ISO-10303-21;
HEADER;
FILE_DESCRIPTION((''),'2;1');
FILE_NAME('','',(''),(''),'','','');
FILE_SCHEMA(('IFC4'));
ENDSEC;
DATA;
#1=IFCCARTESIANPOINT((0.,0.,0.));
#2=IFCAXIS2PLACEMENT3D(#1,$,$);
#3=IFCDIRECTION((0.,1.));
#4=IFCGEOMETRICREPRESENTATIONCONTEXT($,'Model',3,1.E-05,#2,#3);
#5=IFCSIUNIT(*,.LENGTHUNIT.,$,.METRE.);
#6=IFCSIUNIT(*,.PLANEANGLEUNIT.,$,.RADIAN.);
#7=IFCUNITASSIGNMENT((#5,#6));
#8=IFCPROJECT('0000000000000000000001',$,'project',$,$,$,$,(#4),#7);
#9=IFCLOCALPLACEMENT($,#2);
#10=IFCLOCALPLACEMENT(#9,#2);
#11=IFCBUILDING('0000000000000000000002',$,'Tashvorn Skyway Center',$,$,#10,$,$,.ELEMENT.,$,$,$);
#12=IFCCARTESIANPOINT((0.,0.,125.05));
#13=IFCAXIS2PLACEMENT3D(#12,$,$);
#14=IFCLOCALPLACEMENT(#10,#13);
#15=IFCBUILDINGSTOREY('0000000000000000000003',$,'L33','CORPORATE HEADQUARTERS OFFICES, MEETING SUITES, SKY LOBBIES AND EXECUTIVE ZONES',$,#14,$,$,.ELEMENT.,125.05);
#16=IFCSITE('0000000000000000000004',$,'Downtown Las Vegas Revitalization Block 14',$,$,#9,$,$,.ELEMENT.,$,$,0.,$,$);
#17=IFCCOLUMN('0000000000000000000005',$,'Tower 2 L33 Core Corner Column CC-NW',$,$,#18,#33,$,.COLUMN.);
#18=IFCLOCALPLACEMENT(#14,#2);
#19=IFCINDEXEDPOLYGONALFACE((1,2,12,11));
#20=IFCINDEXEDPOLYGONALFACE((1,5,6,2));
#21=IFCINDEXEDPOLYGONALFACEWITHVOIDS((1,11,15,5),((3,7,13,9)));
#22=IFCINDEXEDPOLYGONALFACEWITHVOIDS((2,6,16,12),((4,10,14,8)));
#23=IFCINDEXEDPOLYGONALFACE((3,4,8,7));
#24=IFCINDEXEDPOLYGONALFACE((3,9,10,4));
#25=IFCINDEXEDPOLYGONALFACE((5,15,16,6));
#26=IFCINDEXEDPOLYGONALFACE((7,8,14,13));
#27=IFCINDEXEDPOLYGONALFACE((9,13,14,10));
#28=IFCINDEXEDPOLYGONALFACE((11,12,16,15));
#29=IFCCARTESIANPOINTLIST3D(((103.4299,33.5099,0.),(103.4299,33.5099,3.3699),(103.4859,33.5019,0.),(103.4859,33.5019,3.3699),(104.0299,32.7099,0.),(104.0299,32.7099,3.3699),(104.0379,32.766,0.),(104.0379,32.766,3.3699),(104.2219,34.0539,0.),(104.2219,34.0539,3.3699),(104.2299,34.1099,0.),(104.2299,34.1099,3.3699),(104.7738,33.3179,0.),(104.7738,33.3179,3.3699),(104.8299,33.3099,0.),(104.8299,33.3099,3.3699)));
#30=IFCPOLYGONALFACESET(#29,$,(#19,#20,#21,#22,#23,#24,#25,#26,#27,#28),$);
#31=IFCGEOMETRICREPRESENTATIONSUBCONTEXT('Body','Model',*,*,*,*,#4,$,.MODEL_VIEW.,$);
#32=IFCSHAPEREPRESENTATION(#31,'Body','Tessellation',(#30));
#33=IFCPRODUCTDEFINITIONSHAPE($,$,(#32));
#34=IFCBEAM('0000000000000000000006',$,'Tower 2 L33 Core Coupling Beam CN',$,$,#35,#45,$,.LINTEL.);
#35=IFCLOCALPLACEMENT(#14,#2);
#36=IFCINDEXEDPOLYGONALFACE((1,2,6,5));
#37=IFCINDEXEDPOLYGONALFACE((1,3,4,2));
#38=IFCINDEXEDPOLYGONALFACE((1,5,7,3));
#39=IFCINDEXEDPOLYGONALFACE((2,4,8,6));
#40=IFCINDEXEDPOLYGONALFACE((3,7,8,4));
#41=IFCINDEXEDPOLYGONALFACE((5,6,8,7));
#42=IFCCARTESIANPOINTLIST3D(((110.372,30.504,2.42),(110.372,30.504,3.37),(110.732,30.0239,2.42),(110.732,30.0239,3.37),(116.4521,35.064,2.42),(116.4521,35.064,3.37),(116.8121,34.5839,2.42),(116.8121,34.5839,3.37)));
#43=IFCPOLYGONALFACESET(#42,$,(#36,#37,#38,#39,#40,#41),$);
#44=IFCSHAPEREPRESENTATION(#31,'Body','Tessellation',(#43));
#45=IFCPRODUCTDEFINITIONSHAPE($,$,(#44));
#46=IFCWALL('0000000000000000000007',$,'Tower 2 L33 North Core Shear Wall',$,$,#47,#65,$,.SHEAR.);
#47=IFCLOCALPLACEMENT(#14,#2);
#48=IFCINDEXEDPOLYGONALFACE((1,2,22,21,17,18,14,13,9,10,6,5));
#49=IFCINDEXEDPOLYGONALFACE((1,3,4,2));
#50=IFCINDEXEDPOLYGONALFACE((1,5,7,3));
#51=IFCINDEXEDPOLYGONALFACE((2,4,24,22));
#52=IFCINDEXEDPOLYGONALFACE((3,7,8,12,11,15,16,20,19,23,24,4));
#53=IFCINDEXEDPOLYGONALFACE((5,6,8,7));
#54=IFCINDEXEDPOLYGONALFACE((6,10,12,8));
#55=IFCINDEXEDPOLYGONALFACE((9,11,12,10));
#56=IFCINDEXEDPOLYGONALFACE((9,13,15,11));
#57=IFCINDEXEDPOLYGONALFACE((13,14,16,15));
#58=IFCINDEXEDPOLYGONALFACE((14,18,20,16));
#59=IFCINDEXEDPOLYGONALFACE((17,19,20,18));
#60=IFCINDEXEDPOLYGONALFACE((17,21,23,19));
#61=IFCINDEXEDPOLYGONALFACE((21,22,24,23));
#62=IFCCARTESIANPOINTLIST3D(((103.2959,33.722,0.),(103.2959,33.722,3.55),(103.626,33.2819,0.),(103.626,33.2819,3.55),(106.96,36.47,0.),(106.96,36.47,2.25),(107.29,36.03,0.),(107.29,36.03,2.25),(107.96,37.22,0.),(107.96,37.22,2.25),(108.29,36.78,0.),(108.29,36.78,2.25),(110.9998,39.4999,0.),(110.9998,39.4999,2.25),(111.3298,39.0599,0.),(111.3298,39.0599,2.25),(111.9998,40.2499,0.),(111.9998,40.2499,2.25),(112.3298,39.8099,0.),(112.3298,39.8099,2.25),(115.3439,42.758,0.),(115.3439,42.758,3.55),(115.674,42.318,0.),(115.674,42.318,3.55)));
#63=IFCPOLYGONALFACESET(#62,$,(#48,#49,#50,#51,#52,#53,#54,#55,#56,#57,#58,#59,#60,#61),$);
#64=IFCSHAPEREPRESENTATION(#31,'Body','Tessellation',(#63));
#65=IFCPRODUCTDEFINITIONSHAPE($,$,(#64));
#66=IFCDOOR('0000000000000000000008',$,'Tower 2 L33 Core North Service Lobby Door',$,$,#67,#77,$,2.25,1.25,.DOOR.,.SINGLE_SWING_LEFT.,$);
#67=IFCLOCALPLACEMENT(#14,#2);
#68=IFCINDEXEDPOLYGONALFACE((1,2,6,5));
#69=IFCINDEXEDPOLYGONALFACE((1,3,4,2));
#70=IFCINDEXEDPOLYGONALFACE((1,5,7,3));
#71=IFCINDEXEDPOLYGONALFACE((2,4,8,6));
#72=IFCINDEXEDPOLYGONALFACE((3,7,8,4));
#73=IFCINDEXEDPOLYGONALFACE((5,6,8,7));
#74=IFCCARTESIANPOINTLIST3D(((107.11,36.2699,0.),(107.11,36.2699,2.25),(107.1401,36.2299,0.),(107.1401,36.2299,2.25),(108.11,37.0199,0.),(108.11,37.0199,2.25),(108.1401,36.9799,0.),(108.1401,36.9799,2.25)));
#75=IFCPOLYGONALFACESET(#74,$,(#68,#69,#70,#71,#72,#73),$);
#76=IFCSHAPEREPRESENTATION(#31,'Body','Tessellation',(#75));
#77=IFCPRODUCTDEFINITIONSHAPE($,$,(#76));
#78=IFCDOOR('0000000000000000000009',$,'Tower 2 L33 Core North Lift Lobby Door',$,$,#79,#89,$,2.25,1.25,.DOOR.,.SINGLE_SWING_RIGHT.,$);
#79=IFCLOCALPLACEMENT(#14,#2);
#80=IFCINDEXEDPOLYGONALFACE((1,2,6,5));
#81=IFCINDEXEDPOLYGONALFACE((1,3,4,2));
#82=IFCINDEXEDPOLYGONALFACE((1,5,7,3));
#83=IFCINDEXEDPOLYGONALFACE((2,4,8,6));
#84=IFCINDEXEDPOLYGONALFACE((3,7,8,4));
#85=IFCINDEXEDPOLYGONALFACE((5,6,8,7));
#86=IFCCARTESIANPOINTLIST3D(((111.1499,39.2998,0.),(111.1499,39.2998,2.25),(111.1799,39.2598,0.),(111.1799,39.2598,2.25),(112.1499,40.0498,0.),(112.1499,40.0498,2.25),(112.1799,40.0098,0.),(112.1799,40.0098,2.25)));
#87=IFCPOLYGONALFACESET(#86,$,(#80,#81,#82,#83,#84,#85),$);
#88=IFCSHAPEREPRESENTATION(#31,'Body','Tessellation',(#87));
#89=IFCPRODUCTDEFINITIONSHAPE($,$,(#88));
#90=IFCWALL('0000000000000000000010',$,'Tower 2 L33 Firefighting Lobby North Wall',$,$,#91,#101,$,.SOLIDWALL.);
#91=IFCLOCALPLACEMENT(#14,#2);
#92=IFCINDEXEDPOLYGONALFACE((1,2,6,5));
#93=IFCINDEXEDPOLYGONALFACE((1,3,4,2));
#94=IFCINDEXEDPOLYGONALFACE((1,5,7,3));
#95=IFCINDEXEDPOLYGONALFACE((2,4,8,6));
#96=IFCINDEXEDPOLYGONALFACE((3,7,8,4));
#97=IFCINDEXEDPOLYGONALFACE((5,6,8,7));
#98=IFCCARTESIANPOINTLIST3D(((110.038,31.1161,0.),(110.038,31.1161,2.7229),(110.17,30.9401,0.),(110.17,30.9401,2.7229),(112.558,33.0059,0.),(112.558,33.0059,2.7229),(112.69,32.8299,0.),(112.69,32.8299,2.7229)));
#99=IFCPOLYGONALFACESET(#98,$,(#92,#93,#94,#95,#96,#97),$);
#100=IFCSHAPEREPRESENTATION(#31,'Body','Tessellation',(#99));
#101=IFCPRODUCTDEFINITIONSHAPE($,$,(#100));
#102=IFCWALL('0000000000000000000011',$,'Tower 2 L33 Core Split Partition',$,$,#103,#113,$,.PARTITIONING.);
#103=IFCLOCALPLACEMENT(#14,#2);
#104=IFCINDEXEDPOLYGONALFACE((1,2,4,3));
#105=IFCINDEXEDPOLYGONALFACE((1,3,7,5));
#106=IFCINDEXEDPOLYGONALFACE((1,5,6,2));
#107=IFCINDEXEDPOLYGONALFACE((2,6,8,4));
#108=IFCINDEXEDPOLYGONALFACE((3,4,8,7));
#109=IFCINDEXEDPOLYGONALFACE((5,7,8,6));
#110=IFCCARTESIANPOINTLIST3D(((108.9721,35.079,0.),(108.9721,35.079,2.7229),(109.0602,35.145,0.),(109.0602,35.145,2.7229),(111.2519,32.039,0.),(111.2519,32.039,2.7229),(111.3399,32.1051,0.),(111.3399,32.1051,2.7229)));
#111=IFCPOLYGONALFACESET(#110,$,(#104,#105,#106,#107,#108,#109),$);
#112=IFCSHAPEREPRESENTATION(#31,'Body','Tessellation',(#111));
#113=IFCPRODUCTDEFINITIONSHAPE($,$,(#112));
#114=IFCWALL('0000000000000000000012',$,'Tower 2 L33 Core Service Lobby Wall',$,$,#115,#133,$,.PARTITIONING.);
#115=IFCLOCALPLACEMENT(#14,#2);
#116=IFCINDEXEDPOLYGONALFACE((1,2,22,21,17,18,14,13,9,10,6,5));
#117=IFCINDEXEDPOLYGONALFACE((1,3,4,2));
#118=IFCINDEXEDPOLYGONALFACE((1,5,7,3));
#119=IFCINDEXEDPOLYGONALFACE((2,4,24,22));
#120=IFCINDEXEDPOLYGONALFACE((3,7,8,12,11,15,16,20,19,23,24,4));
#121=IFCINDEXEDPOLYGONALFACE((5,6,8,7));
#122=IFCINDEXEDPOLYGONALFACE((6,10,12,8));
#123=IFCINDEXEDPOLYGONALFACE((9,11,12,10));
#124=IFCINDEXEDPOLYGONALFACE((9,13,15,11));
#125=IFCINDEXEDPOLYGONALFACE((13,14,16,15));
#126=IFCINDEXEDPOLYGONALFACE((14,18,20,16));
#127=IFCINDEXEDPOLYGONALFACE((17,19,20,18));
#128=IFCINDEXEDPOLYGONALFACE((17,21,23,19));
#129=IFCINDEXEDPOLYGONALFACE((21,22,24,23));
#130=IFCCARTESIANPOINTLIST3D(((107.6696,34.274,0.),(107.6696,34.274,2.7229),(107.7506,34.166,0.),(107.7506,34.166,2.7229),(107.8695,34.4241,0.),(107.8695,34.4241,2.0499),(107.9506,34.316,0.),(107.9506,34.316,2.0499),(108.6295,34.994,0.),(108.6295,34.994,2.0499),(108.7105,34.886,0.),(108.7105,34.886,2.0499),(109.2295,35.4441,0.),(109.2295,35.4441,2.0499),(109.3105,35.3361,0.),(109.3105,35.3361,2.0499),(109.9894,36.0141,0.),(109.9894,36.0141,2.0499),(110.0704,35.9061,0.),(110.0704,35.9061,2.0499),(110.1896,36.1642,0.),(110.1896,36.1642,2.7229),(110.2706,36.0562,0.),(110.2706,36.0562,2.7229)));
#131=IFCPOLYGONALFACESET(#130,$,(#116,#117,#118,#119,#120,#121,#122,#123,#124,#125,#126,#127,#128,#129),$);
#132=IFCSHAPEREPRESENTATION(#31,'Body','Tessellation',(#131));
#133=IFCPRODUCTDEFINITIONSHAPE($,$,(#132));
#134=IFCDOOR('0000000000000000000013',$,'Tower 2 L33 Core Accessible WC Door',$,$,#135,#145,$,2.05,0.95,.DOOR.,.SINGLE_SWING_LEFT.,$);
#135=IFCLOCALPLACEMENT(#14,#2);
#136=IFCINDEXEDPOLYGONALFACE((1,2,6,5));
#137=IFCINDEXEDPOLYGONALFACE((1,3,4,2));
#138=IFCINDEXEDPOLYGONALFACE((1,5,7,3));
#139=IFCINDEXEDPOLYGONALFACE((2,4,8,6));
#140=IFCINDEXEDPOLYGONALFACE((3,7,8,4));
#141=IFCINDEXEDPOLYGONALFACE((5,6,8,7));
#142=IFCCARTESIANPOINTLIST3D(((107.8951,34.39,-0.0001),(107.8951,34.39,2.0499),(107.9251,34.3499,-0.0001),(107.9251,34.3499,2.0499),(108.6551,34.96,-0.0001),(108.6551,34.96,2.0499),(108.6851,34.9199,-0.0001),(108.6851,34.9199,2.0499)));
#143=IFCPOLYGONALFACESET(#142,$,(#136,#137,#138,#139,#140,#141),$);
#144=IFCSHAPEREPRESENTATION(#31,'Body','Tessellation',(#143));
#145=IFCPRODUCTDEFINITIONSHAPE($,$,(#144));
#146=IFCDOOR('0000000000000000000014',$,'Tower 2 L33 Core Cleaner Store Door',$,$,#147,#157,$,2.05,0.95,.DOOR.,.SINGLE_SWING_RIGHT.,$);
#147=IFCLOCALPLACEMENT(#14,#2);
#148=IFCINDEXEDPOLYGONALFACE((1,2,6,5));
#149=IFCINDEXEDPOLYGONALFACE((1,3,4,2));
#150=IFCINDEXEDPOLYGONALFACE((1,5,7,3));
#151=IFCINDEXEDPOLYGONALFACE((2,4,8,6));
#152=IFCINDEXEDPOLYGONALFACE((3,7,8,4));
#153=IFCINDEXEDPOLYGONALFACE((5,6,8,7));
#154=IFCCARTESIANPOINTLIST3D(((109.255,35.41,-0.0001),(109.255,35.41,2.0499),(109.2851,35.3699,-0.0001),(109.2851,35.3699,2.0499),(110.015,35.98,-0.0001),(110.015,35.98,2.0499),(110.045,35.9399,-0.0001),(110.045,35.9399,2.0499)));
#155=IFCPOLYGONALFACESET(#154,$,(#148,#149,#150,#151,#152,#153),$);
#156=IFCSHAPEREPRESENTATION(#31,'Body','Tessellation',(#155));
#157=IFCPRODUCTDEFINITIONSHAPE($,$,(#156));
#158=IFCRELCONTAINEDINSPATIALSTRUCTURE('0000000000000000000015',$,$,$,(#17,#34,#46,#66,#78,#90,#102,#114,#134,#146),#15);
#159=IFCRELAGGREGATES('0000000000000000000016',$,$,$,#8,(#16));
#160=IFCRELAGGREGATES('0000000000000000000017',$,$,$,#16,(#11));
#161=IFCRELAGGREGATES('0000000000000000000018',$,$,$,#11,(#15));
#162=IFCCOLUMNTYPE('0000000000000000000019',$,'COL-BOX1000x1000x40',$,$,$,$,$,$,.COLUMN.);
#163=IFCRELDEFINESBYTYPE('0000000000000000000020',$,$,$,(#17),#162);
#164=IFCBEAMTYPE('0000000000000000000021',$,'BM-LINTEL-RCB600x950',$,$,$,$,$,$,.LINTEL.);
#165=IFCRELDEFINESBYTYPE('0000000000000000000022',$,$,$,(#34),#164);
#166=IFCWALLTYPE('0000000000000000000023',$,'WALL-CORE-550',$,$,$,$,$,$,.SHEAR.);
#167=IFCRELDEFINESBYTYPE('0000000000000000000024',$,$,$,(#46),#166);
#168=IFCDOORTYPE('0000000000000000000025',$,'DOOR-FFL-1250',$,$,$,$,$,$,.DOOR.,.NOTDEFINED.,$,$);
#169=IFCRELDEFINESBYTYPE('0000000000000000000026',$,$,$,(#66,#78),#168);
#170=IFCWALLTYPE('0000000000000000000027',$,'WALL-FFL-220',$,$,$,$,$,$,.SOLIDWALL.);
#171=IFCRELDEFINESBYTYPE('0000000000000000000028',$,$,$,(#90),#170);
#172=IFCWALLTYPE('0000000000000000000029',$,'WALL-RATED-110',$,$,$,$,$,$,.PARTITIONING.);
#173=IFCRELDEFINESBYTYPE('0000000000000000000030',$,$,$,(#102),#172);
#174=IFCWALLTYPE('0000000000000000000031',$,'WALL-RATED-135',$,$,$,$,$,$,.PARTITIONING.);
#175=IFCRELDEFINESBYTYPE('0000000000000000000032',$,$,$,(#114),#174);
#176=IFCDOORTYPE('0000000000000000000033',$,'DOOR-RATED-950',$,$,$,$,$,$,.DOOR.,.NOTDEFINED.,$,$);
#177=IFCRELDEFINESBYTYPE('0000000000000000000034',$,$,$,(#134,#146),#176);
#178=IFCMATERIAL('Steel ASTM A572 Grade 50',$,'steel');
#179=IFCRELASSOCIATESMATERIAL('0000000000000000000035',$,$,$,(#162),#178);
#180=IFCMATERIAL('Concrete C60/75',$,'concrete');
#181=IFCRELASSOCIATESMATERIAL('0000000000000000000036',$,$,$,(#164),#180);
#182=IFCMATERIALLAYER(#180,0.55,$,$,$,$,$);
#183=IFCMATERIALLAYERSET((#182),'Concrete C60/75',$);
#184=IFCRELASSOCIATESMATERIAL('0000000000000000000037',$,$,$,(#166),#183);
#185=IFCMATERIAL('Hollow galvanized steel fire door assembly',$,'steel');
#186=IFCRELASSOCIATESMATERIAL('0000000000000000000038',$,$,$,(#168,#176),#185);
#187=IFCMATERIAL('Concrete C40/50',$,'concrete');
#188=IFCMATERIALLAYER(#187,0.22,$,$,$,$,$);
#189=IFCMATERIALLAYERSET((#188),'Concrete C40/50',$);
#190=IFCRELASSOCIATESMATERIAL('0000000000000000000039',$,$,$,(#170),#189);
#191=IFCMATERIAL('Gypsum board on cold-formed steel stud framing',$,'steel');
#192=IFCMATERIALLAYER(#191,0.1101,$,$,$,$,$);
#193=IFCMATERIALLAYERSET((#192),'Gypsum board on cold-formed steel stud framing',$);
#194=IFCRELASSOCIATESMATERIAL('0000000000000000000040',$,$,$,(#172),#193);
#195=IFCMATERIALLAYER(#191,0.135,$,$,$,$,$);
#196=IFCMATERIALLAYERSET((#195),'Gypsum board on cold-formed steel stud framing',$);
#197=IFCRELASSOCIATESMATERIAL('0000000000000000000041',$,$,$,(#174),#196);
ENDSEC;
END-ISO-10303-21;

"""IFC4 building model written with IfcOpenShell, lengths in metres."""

from ifc_helpers import new_model, si_unit, direction, frame, frame_2d, origin, origin_2d, place, context, subcontext, project, spatial, rectangle, hollow_rectangle, extrude, material, layer, layer_set, material_profile, profile_set, type_object, element, fill, save


model = new_model("IFC4")

# Units and contexts
model_context = context("Model", 3, precision=1e-05, world=origin(), true_north=direction((0.0, 1.0)))
body_context = subcontext(model_context, "Body", "Model", "MODEL_VIEW")
ifc_project = project(units=[si_unit("LENGTHUNIT", "METRE"), si_unit("PLANEANGLEUNIT", "RADIAN")], contexts=[model_context])

# Site, building, storey
site_placement = place(None, origin())
site = spatial("IfcSite", under=ifc_project, at=site_placement, Name="Downtown Las Vegas Revitalization Block 14", CompositionType="ELEMENT", RefElevation=0.0)
building_placement = place(site_placement, origin())
building = spatial("IfcBuilding", under=site, at=building_placement, Name="Tashvorn Skyway Center", CompositionType="ELEMENT")
storey_placement = place(building_placement, frame((0.0, 0.0, 125.05)))
storey = spatial("IfcBuildingStorey", under=building, at=storey_placement, Name="L33", Description="CORPORATE HEADQUARTERS OFFICES, MEETING SUITES, SKY LOBBIES AND EXECUTIVE ZONES", CompositionType="ELEMENT", Elevation=125.05)

# Column
ifc_material_1 = material(Name="Steel ASTM A572 Grade 50", Category="steel")
ifc_material_profile_1 = material_profile(ifc_material_1, hollow_rectangle(XDim=1.0, YDim=1.0, WallThickness=0.04, at=origin_2d()), Name="BOX1000x1000x40")
ifc_profile_set_1 = profile_set([ifc_material_profile_1], Name="Steel ASTM A572 Grade 50")
column_type = type_object("IfcColumnType", Name="COL-BOX1000x1000x40", PredefinedType="COLUMN", material=ifc_profile_set_1)
column_placement = place(storey_placement, frame((104.1299, 33.4099, 0.0), z_axis=(0.0, 0.0, 1.0), x_axis=(0.8, 0.6, 0.0)))
element("IfcColumn", 1, at=column_placement, inside=storey, type_object=column_type, Name="Tower 2 L33 Core Corner Column CC-NW", PredefinedType="COLUMN", context=body_context, shape_type="SweptSolid", body=[
    extrude(hollow_rectangle(XDim=1.0, YDim=1.0, WallThickness=0.04, at=origin_2d()), origin(), (0.0, 0.0, 1.0), 3.3699),
])

# Beam
ifc_material_2 = material(Name="Concrete C60/75", Category="concrete")
ifc_material_profile_2 = material_profile(ifc_material_2, rectangle(XDim=0.6001, YDim=0.95, at=origin_2d()), Name="RCB600x950")
ifc_profile_set_2 = profile_set([ifc_material_profile_2], Name="Concrete C60/75")
beam_type = type_object("IfcBeamType", Name="BM-LINTEL-RCB600x950", PredefinedType="LINTEL", material=ifc_profile_set_2)
beam_placement = place(storey_placement, frame((110.552, 30.2639, 2.895), z_axis=(0.8, 0.6, 0.0), x_axis=(-0.6, 0.8, 0.0)))
element("IfcBeam", 2, at=beam_placement, inside=storey, type_object=beam_type, Name="Tower 2 L33 Core Coupling Beam CN", PredefinedType="LINTEL", context=body_context, shape_type="SweptSolid", body=[
    extrude(rectangle(XDim=0.6001, YDim=0.95, at=origin_2d()), origin(), (0.0, 0.0, 1.0), 7.6001),
])

# Wall, openings, doors
ifc_layer_1 = layer(ifc_material_2, 0.55)
ifc_layer_set_1 = layer_set([ifc_layer_1], Name="Concrete C60/75")
wall_type_1 = type_object("IfcWallType", Name="WALL-CORE-550", PredefinedType="SHEAR", material=ifc_layer_set_1)
wall_1_placement = place(storey_placement, frame((103.4609, 33.502, 0.0), z_axis=(0.0, 0.0, 1.0), x_axis=(0.799998, 0.600003, 0.0)))
wall_1 = element("IfcWall", 3, at=wall_1_placement, inside=storey, type_object=wall_type_1, Name="Tower 2 L33 North Core Shear Wall", PredefinedType="SHEAR", context=body_context, shape_type="SweptSolid", body=[
    extrude(rectangle(XDim=15.0601, YDim=0.55, at=frame_2d((7.53, 0.0))), origin(), (0.0, 0.0, 1.0), 3.55),
])
opening_1_placement = place(wall_1_placement, frame((4.5801, 0.0, 0.0)))
opening_1 = element("IfcOpeningElement", 4, at=opening_1_placement, cuts=wall_1, PredefinedType="OPENING", context=body_context, shape_type="SweptSolid", body=[
    extrude(rectangle(XDim=1.25, YDim=2.25, at=frame_2d((0.625, 1.125))), frame((0.0, 0.2849, 0.0), z_axis=(0.0, -1.0, 0.0), x_axis=(1.0, 0.0, 0.0)), (0.0, 0.0, 1.0), 0.5701),
])
opening_2_placement = place(wall_1_placement, frame((9.6299, 0.0, 0.0)))
opening_2 = element("IfcOpeningElement", 5, at=opening_2_placement, cuts=wall_1, PredefinedType="OPENING", context=body_context, shape_type="SweptSolid", body=[
    extrude(rectangle(XDim=1.25, YDim=2.25, at=frame_2d((0.625, 1.125))), frame((0.0, 0.2849, 0.0), z_axis=(0.0, -1.0, 0.0), x_axis=(1.0, 0.0, 0.0)), (0.0, 0.0, 1.0), 0.5701),
])
ifc_material_3 = material(Name="Hollow galvanized steel fire door assembly", Category="steel")
door_type_1 = type_object("IfcDoorType", Name="DOOR-FFL-1250", OperationType="NOTDEFINED", PredefinedType="DOOR", material=ifc_material_3)
door_1_placement = place(opening_1_placement, origin())
door_1 = element("IfcDoor", 6, at=door_1_placement, inside=storey, type_object=door_type_1, Name="Tower 2 L33 Core North Service Lobby Door", OperationType="SINGLE_SWING_LEFT", OverallHeight=2.25, OverallWidth=1.25, PredefinedType="DOOR", context=body_context, shape_type="SweptSolid", body=[
    extrude(rectangle(XDim=1.25, YDim=2.25, at=frame_2d((0.625, 1.125))), frame((0.0, 0.0249, 0.0), z_axis=(0.0, -1.0, 0.0), x_axis=(1.0, 0.0, 0.0)), (0.0, 0.0, 1.0), 0.05),
])
fill(opening_1, door_1)
door_2_placement = place(opening_2_placement, origin())
door_2 = element("IfcDoor", 7, at=door_2_placement, inside=storey, type_object=door_type_1, Name="Tower 2 L33 Core North Lift Lobby Door", OperationType="SINGLE_SWING_RIGHT", OverallHeight=2.25, OverallWidth=1.25, PredefinedType="DOOR", context=body_context, shape_type="SweptSolid", body=[
    extrude(rectangle(XDim=1.25, YDim=2.25, at=frame_2d((0.625, 1.125))), frame((0.0, 0.0249, 0.0), z_axis=(0.0, -1.0, 0.0), x_axis=(1.0, 0.0, 0.0)), (0.0, 0.0, 1.0), 0.05),
])
fill(opening_2, door_2)

# Walls
ifc_material_4 = material(Name="Concrete C40/50", Category="concrete")
ifc_layer_2 = layer(ifc_material_4, 0.22)
ifc_layer_set_2 = layer_set([ifc_layer_2], Name="Concrete C40/50")
wall_type_2 = type_object("IfcWallType", Name="WALL-FFL-220", PredefinedType="SOLIDWALL", material=ifc_layer_set_2)
wall_2_placement = place(storey_placement, frame((110.104, 31.0281, 0.0), z_axis=(0.0, 0.0, 1.0), x_axis=(0.800019, 0.599975, 0.0)))
element("IfcWall", 8, at=wall_2_placement, inside=storey, type_object=wall_type_2, Name="Tower 2 L33 Firefighting Lobby North Wall", PredefinedType="SOLIDWALL", context=body_context, shape_type="SweptSolid", body=[
    extrude(rectangle(XDim=3.1499, YDim=0.22, at=frame_2d((1.575, 0.0))), origin(), (0.0, 0.0, 1.0), 2.7229),
])
ifc_material_5 = material(Name="Gypsum board on cold-formed steel stud framing", Category="steel")
ifc_layer_3 = layer(ifc_material_5, 0.1101)
ifc_layer_set_3 = layer_set([ifc_layer_3], Name="Gypsum board on cold-formed steel stud framing")
wall_type_3 = type_object("IfcWallType", Name="WALL-RATED-110", PredefinedType="PARTITIONING", material=ifc_layer_set_3)
wall_3_placement = place(storey_placement, frame((111.2959, 32.072, 0.0), z_axis=(0.0, 0.0, 1.0), x_axis=(-0.599959, 0.800031, 0.0)))
element("IfcWall", 9, at=wall_3_placement, inside=storey, type_object=wall_type_3, Name="Tower 2 L33 Core Split Partition", PredefinedType="PARTITIONING", context=body_context, shape_type="SweptSolid", body=[
    extrude(rectangle(XDim=3.7998, YDim=0.1101, at=frame_2d((1.8999, 0.0))), origin(), (0.0, 0.0, 1.0), 2.7229),
])

# Wall, openings, doors
ifc_layer_4 = layer(ifc_material_5, 0.135)
ifc_layer_set_4 = layer_set([ifc_layer_4], Name="Gypsum board on cold-formed steel stud framing")
wall_type_4 = type_object("IfcWallType", Name="WALL-RATED-135", PredefinedType="PARTITIONING", material=ifc_layer_set_4)
wall_4_placement = place(storey_placement, frame((107.71, 34.22, 0.0), z_axis=(0.0, 0.0, 1.0), x_axis=(0.799981, 0.600025, 0.0)))
wall_4 = element("IfcWall", 10, at=wall_4_placement, inside=storey, type_object=wall_type_4, Name="Tower 2 L33 Core Service Lobby Wall", PredefinedType="PARTITIONING", context=body_context, shape_type="SweptSolid", body=[
    extrude(rectangle(XDim=3.1501, YDim=0.135, at=frame_2d((1.5752, 0.0))), origin(), (0.0, 0.0, 1.0), 2.7229),
])
opening_3_placement = place(wall_4_placement, frame((0.25, 0.0, 0.0)))
opening_3 = element("IfcOpeningElement", 11, at=opening_3_placement, cuts=wall_4, PredefinedType="OPENING", context=body_context, shape_type="SweptSolid", body=[
    extrude(rectangle(XDim=0.95, YDim=2.05, at=frame_2d((0.4751, 1.0249))), frame((0.0, 0.0774, 0.0), z_axis=(0.0, -1.0, 0.0), x_axis=(1.0, 0.0, 0.0)), (0.0, 0.0, 1.0), 0.155),
])
opening_4_placement = place(wall_4_placement, frame((1.95, 0.0, 0.0)))
opening_4 = element("IfcOpeningElement", 12, at=opening_4_placement, cuts=wall_4, PredefinedType="OPENING", context=body_context, shape_type="SweptSolid", body=[
    extrude(rectangle(XDim=0.95, YDim=2.05, at=frame_2d((0.4751, 1.0249))), frame((0.0, 0.0774, 0.0), z_axis=(0.0, -1.0, 0.0), x_axis=(1.0, 0.0, 0.0)), (0.0, 0.0, 1.0), 0.155),
])
door_type_2 = type_object("IfcDoorType", Name="DOOR-RATED-950", OperationType="NOTDEFINED", PredefinedType="DOOR", material=ifc_material_3)
door_3_placement = place(opening_3_placement, origin())
door_3 = element("IfcDoor", 13, at=door_3_placement, inside=storey, type_object=door_type_2, Name="Tower 2 L33 Core Accessible WC Door", OperationType="SINGLE_SWING_LEFT", OverallHeight=2.05, OverallWidth=0.95, PredefinedType="DOOR", context=body_context, shape_type="SweptSolid", body=[
    extrude(rectangle(XDim=0.95, YDim=2.05, at=frame_2d((0.4751, 1.0249))), frame((0.0, 0.0249, 0.0), z_axis=(0.0, -1.0, 0.0), x_axis=(1.0, 0.0, 0.0)), (0.0, 0.0, 1.0), 0.05),
])
fill(opening_3, door_3)
door_4_placement = place(opening_4_placement, origin())
door_4 = element("IfcDoor", 14, at=door_4_placement, inside=storey, type_object=door_type_2, Name="Tower 2 L33 Core Cleaner Store Door", OperationType="SINGLE_SWING_RIGHT", OverallHeight=2.05, OverallWidth=0.95, PredefinedType="DOOR", context=body_context, shape_type="SweptSolid", body=[
    extrude(rectangle(XDim=0.95, YDim=2.05, at=frame_2d((0.4751, 1.0249))), frame((0.0, 0.0249, 0.0), z_axis=(0.0, -1.0, 0.0), x_axis=(1.0, 0.0, 0.0)), (0.0, 0.0, 1.0), 0.05),
])
fill(opening_4, door_4)

save(model, "model.ifc")
